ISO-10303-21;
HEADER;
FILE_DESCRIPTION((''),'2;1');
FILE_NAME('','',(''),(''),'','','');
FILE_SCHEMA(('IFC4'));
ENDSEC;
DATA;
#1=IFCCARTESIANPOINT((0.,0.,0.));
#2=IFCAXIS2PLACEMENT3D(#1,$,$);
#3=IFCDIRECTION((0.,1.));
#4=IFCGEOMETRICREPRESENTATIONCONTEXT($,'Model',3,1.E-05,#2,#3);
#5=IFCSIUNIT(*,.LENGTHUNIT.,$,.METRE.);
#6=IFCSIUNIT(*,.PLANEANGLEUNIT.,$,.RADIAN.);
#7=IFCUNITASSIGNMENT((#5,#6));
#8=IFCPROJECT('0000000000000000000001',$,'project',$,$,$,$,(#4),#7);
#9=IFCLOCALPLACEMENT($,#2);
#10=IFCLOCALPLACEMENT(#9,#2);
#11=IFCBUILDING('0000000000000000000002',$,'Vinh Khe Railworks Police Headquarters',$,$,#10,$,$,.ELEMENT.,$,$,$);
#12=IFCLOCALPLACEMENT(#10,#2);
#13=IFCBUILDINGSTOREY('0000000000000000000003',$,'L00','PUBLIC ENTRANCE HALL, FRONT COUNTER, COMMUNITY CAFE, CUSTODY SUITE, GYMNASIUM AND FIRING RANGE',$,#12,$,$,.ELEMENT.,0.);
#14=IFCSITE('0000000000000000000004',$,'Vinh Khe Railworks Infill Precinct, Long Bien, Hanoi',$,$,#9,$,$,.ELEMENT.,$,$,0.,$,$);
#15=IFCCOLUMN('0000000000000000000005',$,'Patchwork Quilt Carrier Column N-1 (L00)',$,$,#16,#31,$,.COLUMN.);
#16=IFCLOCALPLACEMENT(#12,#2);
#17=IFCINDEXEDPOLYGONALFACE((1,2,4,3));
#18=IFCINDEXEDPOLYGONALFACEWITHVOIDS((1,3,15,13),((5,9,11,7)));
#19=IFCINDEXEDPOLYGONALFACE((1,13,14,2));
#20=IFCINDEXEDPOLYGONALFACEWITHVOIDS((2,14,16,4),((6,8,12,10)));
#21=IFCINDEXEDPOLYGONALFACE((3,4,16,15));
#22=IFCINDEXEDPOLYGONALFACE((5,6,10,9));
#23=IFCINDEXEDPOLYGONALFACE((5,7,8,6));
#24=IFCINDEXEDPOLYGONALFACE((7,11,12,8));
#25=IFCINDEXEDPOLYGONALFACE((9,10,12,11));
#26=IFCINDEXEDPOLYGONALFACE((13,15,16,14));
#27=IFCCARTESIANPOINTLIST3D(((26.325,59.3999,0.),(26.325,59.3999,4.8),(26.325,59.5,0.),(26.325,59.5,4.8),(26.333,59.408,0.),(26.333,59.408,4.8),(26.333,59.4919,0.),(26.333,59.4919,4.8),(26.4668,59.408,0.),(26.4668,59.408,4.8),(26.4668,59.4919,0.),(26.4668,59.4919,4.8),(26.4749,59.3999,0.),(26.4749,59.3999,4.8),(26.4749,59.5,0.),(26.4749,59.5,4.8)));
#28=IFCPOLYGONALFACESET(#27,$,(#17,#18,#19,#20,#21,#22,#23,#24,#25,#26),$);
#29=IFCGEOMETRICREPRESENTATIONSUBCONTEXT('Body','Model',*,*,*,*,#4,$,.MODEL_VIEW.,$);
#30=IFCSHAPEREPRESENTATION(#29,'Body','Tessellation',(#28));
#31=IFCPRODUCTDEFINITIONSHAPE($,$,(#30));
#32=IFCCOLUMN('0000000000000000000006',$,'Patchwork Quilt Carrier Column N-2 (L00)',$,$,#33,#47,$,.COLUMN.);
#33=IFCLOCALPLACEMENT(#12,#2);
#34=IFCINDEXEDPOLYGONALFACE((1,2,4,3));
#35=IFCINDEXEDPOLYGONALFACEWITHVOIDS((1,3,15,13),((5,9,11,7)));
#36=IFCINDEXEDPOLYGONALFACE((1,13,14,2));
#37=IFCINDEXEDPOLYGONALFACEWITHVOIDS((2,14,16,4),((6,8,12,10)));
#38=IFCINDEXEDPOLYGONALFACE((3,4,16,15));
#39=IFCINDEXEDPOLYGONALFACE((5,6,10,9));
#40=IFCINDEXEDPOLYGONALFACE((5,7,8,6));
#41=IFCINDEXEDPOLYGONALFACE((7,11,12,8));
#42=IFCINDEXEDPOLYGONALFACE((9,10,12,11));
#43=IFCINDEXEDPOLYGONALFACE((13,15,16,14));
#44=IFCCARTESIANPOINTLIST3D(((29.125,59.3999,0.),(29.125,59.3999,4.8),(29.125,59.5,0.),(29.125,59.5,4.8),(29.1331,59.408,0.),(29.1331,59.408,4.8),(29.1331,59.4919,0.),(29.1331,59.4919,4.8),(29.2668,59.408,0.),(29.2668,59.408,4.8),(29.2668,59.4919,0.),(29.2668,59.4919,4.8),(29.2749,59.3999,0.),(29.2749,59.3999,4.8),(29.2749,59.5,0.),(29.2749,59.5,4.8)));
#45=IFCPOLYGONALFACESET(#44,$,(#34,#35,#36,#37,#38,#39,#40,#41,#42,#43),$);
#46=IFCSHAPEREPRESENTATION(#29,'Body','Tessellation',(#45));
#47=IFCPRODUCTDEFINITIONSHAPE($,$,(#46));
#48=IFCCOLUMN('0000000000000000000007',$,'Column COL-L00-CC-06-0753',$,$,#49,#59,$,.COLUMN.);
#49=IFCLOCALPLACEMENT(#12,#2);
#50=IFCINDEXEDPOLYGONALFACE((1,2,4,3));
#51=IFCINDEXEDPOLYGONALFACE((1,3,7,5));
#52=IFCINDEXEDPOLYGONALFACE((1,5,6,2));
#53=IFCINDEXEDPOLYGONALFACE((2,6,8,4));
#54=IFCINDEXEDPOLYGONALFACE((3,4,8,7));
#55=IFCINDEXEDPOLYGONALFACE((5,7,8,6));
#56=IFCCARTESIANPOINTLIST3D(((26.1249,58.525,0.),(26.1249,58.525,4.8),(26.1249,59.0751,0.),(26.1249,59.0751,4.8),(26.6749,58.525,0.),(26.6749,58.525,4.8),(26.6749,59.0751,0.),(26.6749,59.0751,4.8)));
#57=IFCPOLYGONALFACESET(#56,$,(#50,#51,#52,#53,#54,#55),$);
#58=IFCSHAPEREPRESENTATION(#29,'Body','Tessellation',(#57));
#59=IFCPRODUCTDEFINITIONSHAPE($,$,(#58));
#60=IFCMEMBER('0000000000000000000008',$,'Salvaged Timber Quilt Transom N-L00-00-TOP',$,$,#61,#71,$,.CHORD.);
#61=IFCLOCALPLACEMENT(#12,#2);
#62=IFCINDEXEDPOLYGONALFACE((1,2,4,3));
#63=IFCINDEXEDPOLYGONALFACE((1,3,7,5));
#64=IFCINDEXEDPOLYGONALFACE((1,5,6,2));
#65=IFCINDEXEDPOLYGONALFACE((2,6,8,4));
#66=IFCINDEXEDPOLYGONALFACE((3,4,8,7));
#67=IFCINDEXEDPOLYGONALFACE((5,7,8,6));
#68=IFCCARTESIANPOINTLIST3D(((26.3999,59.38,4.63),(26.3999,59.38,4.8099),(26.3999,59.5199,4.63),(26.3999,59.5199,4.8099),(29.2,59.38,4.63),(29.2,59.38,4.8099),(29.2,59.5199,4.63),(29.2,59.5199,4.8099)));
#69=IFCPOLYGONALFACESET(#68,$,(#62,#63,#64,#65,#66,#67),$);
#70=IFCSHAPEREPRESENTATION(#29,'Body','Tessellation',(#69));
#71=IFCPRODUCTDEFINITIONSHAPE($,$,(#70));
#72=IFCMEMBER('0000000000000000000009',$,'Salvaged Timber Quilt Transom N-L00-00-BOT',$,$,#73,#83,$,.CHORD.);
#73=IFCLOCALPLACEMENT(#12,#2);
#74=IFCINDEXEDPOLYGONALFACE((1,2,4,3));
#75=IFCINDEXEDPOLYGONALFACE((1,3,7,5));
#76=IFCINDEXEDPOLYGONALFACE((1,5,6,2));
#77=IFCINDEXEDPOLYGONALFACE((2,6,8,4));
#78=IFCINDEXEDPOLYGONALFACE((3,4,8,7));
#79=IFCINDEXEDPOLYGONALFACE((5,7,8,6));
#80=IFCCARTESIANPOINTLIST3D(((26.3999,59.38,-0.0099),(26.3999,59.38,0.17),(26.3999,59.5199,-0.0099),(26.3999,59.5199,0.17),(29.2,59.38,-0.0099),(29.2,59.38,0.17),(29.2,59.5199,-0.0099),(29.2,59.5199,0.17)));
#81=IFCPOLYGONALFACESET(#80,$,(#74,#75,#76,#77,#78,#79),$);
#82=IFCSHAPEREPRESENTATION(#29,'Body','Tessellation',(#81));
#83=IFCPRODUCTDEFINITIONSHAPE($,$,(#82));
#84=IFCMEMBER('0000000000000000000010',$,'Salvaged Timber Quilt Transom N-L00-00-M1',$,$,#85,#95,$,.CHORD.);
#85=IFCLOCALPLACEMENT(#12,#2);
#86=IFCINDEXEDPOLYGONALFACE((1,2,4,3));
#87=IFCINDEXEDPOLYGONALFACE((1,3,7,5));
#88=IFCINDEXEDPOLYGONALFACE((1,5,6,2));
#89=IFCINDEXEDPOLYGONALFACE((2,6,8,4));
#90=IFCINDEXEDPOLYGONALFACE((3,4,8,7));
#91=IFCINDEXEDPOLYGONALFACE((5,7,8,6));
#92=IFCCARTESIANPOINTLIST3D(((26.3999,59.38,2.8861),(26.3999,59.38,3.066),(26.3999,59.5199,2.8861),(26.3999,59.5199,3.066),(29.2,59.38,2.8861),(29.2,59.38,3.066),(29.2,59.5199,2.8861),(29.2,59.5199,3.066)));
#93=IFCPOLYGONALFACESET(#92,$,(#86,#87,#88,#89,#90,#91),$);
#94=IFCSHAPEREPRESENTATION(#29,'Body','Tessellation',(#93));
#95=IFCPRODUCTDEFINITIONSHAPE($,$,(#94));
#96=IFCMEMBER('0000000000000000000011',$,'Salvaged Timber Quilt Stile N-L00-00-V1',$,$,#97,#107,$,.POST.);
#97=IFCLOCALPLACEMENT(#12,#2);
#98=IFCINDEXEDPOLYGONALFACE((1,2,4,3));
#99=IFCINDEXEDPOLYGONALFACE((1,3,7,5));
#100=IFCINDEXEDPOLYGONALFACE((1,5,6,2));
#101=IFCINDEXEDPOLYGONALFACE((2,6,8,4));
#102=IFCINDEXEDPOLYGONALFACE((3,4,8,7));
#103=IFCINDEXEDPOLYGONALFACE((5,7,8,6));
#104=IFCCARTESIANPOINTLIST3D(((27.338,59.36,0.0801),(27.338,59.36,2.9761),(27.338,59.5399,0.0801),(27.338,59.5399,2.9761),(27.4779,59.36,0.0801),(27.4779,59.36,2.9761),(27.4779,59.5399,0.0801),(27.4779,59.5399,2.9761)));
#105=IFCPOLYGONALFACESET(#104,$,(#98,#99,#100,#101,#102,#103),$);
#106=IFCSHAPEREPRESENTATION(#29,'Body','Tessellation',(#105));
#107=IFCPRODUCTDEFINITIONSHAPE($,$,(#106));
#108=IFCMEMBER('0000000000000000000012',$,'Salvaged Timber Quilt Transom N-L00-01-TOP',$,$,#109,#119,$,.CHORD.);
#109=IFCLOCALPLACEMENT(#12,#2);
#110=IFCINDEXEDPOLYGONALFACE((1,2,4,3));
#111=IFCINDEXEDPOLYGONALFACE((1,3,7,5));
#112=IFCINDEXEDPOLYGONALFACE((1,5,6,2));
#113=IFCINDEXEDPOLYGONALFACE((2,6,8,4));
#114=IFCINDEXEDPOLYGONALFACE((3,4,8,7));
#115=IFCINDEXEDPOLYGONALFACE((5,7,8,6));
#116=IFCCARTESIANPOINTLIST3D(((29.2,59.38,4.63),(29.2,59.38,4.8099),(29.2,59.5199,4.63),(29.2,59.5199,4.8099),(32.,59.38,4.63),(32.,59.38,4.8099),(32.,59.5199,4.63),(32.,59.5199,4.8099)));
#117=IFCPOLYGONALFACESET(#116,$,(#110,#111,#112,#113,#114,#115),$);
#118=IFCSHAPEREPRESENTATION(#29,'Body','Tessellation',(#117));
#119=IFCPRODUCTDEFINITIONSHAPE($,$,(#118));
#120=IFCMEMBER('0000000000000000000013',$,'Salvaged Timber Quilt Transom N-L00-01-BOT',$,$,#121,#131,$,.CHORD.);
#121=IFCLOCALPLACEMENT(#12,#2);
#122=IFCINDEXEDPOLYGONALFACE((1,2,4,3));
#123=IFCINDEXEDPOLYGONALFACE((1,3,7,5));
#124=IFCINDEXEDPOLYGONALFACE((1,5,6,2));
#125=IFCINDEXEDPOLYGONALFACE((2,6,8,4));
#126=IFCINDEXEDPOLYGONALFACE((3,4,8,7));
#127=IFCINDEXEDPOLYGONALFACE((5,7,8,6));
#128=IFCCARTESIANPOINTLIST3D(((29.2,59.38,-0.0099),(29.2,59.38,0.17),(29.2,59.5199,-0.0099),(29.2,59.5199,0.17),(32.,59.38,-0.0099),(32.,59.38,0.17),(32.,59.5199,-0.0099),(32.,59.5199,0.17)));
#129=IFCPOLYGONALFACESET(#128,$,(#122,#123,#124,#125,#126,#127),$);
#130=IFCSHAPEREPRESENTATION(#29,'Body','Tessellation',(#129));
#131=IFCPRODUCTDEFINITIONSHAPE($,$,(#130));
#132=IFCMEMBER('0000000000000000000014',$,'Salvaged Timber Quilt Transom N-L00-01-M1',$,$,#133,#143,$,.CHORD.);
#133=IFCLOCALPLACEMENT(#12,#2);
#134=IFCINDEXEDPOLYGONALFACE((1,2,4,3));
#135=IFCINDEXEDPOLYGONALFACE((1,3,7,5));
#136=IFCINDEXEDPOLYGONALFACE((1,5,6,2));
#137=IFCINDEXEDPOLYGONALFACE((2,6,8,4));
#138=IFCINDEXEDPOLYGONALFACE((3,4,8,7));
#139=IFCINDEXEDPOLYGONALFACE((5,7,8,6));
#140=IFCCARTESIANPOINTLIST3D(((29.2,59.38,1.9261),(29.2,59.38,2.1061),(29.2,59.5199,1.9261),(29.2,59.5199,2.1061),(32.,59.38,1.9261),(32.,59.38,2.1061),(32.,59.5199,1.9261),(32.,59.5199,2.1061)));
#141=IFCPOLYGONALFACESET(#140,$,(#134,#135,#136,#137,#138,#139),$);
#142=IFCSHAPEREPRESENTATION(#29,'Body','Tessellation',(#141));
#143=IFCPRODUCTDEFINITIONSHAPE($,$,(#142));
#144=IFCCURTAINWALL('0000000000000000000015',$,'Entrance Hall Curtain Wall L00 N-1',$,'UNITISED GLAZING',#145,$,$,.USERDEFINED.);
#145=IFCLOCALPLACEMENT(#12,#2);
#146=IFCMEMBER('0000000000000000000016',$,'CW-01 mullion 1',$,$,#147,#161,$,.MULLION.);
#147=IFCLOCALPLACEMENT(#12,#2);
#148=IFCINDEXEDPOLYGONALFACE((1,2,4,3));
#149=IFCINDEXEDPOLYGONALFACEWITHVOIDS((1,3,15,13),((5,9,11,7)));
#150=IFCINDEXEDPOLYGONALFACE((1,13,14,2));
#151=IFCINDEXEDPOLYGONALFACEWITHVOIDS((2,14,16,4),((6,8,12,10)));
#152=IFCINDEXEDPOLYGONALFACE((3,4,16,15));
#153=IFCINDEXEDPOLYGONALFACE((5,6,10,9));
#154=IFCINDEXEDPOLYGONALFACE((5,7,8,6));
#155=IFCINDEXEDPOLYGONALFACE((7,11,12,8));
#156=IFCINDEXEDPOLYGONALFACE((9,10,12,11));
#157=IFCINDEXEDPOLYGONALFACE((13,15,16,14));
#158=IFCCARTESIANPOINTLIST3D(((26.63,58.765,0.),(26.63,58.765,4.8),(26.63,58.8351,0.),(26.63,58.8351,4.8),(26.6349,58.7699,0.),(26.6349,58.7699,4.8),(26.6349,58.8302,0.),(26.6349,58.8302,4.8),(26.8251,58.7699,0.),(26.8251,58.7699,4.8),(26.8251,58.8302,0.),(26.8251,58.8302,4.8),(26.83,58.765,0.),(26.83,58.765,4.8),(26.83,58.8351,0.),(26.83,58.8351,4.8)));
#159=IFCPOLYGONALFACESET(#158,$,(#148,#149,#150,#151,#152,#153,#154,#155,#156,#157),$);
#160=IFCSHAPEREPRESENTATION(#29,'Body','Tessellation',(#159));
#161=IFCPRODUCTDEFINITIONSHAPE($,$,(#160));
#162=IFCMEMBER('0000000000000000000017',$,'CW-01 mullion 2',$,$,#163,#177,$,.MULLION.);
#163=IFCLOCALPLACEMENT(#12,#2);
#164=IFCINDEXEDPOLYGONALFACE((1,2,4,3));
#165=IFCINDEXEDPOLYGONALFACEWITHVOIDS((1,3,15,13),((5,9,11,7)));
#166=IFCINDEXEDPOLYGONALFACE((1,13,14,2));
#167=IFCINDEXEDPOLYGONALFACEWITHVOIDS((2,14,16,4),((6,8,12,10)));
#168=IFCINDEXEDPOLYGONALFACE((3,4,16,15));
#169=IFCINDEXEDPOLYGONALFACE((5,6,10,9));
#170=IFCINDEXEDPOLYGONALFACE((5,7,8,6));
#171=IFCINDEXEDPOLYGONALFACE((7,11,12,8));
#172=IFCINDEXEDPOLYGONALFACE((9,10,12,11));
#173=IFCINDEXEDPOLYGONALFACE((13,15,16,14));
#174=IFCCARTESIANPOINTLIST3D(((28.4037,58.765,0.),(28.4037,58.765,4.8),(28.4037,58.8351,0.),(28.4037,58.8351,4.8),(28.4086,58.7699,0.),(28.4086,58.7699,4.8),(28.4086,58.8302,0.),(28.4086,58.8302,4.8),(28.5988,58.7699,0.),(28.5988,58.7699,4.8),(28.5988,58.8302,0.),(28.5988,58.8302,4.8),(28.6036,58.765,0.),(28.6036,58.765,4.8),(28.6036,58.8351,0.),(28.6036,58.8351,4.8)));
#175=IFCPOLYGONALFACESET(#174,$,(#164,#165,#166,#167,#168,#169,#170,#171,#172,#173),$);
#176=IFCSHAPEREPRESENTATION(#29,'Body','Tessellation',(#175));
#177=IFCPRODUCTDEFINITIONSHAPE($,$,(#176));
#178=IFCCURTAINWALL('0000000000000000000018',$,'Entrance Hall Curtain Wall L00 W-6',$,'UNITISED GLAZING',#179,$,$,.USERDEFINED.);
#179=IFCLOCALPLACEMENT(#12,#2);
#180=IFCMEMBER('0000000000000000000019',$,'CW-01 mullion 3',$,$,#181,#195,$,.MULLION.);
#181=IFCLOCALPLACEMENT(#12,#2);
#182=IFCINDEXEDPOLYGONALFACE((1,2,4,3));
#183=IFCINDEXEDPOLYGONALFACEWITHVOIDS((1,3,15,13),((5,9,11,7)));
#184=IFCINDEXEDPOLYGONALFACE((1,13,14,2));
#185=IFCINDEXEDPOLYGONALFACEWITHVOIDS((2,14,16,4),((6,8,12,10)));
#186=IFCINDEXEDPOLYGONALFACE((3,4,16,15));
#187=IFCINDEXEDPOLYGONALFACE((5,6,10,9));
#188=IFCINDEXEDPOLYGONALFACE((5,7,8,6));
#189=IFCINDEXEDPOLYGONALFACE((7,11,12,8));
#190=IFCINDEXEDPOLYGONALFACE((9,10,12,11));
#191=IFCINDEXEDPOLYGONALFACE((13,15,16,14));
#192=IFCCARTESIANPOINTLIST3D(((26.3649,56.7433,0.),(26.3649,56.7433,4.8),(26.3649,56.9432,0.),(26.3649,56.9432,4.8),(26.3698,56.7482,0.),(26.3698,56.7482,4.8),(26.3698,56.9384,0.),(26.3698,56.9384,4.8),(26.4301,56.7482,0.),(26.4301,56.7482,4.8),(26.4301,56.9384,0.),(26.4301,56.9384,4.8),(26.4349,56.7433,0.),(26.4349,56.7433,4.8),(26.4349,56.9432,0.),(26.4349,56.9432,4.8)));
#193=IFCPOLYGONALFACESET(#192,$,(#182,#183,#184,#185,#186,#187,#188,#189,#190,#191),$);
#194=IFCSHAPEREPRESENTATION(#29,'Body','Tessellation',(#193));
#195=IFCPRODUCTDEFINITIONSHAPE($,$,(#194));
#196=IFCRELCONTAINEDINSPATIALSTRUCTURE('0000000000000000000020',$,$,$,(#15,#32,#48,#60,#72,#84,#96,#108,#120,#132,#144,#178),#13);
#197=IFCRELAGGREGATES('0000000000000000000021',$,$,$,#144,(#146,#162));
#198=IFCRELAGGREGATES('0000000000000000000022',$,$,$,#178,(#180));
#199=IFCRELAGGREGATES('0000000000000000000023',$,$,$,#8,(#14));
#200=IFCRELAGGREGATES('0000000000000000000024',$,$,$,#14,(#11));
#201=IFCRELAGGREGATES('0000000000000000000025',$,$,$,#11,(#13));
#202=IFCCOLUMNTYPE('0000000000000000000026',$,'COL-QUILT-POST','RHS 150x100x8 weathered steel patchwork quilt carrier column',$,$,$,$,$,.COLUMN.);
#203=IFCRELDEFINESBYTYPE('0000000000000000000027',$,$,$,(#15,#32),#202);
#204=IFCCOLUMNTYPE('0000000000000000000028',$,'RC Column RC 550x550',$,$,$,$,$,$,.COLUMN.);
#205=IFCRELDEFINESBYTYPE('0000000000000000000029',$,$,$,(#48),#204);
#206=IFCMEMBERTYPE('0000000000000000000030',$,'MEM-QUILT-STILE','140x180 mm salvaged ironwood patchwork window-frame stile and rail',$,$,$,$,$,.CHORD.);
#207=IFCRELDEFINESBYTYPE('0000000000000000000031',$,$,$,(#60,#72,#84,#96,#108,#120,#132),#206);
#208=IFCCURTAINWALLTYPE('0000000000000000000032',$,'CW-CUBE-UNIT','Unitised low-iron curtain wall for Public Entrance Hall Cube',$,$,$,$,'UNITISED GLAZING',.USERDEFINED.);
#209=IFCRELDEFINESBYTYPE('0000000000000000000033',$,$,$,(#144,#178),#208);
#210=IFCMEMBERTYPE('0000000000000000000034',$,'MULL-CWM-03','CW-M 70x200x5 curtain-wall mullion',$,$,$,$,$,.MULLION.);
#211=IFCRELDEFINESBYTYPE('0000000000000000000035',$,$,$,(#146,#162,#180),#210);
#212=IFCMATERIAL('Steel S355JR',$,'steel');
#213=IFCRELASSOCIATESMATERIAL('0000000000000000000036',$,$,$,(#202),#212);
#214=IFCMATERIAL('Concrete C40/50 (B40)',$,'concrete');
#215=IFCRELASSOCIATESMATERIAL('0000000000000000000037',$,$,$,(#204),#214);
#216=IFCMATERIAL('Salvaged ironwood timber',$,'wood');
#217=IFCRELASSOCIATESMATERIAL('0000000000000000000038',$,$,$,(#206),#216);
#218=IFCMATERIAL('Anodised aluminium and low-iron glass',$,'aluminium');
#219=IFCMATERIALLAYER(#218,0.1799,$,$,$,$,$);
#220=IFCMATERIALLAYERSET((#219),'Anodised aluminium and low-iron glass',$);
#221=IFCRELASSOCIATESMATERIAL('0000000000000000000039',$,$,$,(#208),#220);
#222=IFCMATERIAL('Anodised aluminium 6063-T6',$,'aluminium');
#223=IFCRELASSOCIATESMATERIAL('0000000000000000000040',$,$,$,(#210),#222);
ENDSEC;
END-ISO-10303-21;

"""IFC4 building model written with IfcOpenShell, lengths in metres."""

from ifc_helpers import new_model, si_unit, direction, frame, origin, origin_2d, place, context, subcontext, project, spatial, rectangle, hollow_rectangle, extrude, material, layer, layer_set, material_profile, profile_set, type_object, element, aggregate, save


model = new_model("IFC4")

# Units and contexts
model_context = context("Model", 3, precision=1e-05, world=origin(), true_north=direction((0.0, 1.0)))
body_context = subcontext(model_context, "Body", "Model", "MODEL_VIEW")
ifc_project = project(units=[si_unit("LENGTHUNIT", "METRE"), si_unit("PLANEANGLEUNIT", "RADIAN")], contexts=[model_context])

# Site, building, storey
site_placement = place(None, origin())
site = spatial("IfcSite", under=ifc_project, at=site_placement, Name="Vinh Khe Railworks Infill Precinct, Long Bien, Hanoi", CompositionType="ELEMENT", RefElevation=0.0)
building_placement = place(site_placement, origin())
building = spatial("IfcBuilding", under=site, at=building_placement, Name="Vinh Khe Railworks Police Headquarters", CompositionType="ELEMENT")
storey_placement = place(building_placement, origin())
storey = spatial("IfcBuildingStorey", under=building, at=storey_placement, Name="L00", Description="PUBLIC ENTRANCE HALL, FRONT COUNTER, COMMUNITY CAFE, CUSTODY SUITE, GYMNASIUM AND FIRING RANGE", CompositionType="ELEMENT", Elevation=0.0)

# Columns
ifc_material_1 = material(Name="Steel S355JR", Category="steel")
ifc_material_profile_1 = material_profile(ifc_material_1, hollow_rectangle(XDim=0.1499, YDim=0.1001, WallThickness=0.0081, at=origin_2d()), Name="RHS 150x100x8")
ifc_profile_set_1 = profile_set([ifc_material_profile_1], Name="Steel S355JR")
column_type_1 = type_object("IfcColumnType", Name="COL-QUILT-POST", Description="RHS 150x100x8 weathered steel patchwork quilt carrier column", PredefinedType="COLUMN", material=ifc_profile_set_1)
for number, where, z_axis, x_axis, name in (
    (1, (26.3999, 59.45, 0.0), (0.0, 0.0, 1.0), (1.0, 0.0, 0.0), "Patchwork Quilt Carrier Column N-1 (L00)"),
    (2, (29.2, 59.45, 0.0), (0.0, 0.0, 1.0), (1.0, 0.0, 0.0), "Patchwork Quilt Carrier Column N-2 (L00)"),
):
    element("IfcColumn", number, at=place(storey_placement, frame(where, z_axis=z_axis, x_axis=x_axis)), inside=storey, type_object=column_type_1, Name=name, PredefinedType="COLUMN", context=body_context, shape_type="SweptSolid", body=[
        extrude(hollow_rectangle(XDim=0.1499, YDim=0.1001, WallThickness=0.0081, at=origin_2d()), origin(), (0.0, 0.0, 1.0), 4.8),
    ])
ifc_material_2 = material(Name="Concrete C40/50 (B40)", Category="concrete")
ifc_material_profile_2 = material_profile(ifc_material_2, rectangle(XDim=0.55, YDim=0.55, at=origin_2d()), Name="RC 550x550")
ifc_profile_set_2 = profile_set([ifc_material_profile_2], Name="Concrete C40/50 (B40)")
column_type_2 = type_object("IfcColumnType", Name="RC Column RC 550x550", PredefinedType="COLUMN", material=ifc_profile_set_2)
column_placement = place(storey_placement, frame((26.3999, 58.8, 0.0), z_axis=(0.0, 0.0, 1.0), x_axis=(1.0, 0.0, 0.0)))
element("IfcColumn", 3, at=column_placement, inside=storey, type_object=column_type_2, Name="Column COL-L00-CC-06-0753", PredefinedType="COLUMN", context=body_context, shape_type="SweptSolid", body=[
    extrude(rectangle(XDim=0.55, YDim=0.55, at=origin_2d()), origin(), (0.0, 0.0, 1.0), 4.8),
])

# Members
ifc_material_3 = material(Name="Salvaged ironwood timber", Category="wood")
ifc_material_profile_3 = material_profile(ifc_material_3, rectangle(XDim=0.1399, YDim=0.1799, at=origin_2d()), Name="TIMBER 140x180")
ifc_profile_set_3 = profile_set([ifc_material_profile_3], Name="Salvaged ironwood timber")
member_type_1 = type_object("IfcMemberType", Name="MEM-QUILT-STILE", Description="140x180 mm salvaged ironwood patchwork window-frame stile and rail", PredefinedType="CHORD", material=ifc_profile_set_3)
for number, where, z_axis, x_axis, name in (
    (4, (26.3999, 59.45, 4.72), (1.0, 0.0, 0.0), (0.0, 1.0, 0.0), "Salvaged Timber Quilt Transom N-L00-00-TOP"),
    (5, (26.3999, 59.45, 0.0801), (1.0, 0.0, 0.0), (0.0, 1.0, 0.0), "Salvaged Timber Quilt Transom N-L00-00-BOT"),
    (6, (26.3999, 59.45, 2.9761), (1.0, 0.0, 0.0), (0.0, 1.0, 0.0), "Salvaged Timber Quilt Transom N-L00-00-M1"),
):
    element("IfcMember", number, at=place(storey_placement, frame(where, z_axis=z_axis, x_axis=x_axis)), inside=storey, type_object=member_type_1, Name=name, PredefinedType="CHORD", context=body_context, shape_type="SweptSolid", body=[
        extrude(rectangle(XDim=0.1399, YDim=0.1799, at=origin_2d()), origin(), (0.0, 0.0, 1.0), 2.8),
    ])
member_1_placement = place(storey_placement, frame((27.408, 59.45, 0.0801), z_axis=(0.0, 0.0, 1.0), x_axis=(1.0, 0.0, 0.0)))
element("IfcMember", 7, at=member_1_placement, inside=storey, type_object=member_type_1, Name="Salvaged Timber Quilt Stile N-L00-00-V1", PredefinedType="POST", context=body_context, shape_type="SweptSolid", body=[
    extrude(rectangle(XDim=0.1399, YDim=0.1799, at=origin_2d()), origin(), (0.0, 0.0, 1.0), 2.896),
])
for number, where, z_axis, x_axis, name in (
    (8, (29.2, 59.45, 4.72), (1.0, 0.0, 0.0), (0.0, 1.0, 0.0), "Salvaged Timber Quilt Transom N-L00-01-TOP"),
    (9, (29.2, 59.45, 0.0801), (1.0, 0.0, 0.0), (0.0, 1.0, 0.0), "Salvaged Timber Quilt Transom N-L00-01-BOT"),
    (10, (29.2, 59.45, 2.0161), (1.0, 0.0, 0.0), (0.0, 1.0, 0.0), "Salvaged Timber Quilt Transom N-L00-01-M1"),
):
    element("IfcMember", number, at=place(storey_placement, frame(where, z_axis=z_axis, x_axis=x_axis)), inside=storey, type_object=member_type_1, Name=name, PredefinedType="CHORD", context=body_context, shape_type="SweptSolid", body=[
        extrude(rectangle(XDim=0.1399, YDim=0.1799, at=origin_2d()), origin(), (0.0, 0.0, 1.0), 2.8),
    ])

# Curtain walls, members
ifc_material_4 = material(Name="Anodised aluminium and low-iron glass", Category="aluminium")
ifc_layer_1 = layer(ifc_material_4, 0.1799)
ifc_layer_set_1 = layer_set([ifc_layer_1], Name="Anodised aluminium and low-iron glass")
curtain_wall_type = type_object("IfcCurtainWallType", Name="CW-CUBE-UNIT", Description="Unitised low-iron curtain wall for Public Entrance Hall Cube", ElementType="UNITISED GLAZING", PredefinedType="USERDEFINED", material=ifc_layer_set_1)
curtain_wall_1_placement = place(storey_placement, origin())
curtain_wall_1 = element("IfcCurtainWall", 11, at=curtain_wall_1_placement, inside=storey, type_object=curtain_wall_type, Name="Entrance Hall Curtain Wall L00 N-1", ObjectType="UNITISED GLAZING", PredefinedType="USERDEFINED")
ifc_material_5 = material(Name="Anodised aluminium 6063-T6", Category="aluminium")
ifc_material_profile_4 = material_profile(ifc_material_5, hollow_rectangle(XDim=0.0701, YDim=0.2, WallThickness=0.0049, at=origin_2d()), Name="CW-M 70x200x5")
ifc_profile_set_4 = profile_set([ifc_material_profile_4], Name="Anodised aluminium 6063-T6")
member_type_2 = type_object("IfcMemberType", Name="MULL-CWM-03", Description="CW-M 70x200x5 curtain-wall mullion", PredefinedType="MULLION", material=ifc_profile_set_4)
member_2_placement = place(storey_placement, frame((26.73, 58.8, 0.0), z_axis=(0.0, 0.0, 1.0), x_axis=(0.0, 1.0, 0.0)))
member_2 = element("IfcMember", 12, at=member_2_placement, type_object=member_type_2, Name="CW-01 mullion 1", PredefinedType="MULLION", context=body_context, shape_type="SweptSolid", body=[
    extrude(hollow_rectangle(XDim=0.0701, YDim=0.2, WallThickness=0.0049, at=origin_2d()), origin(), (0.0, 0.0, 1.0), 4.8),
])
member_3_placement = place(storey_placement, frame((28.5037, 58.8, 0.0), z_axis=(0.0, 0.0, 1.0), x_axis=(0.0, 1.0, 0.0)))
member_3 = element("IfcMember", 13, at=member_3_placement, type_object=member_type_2, Name="CW-01 mullion 2", PredefinedType="MULLION", context=body_context, shape_type="SweptSolid", body=[
    extrude(hollow_rectangle(XDim=0.0701, YDim=0.2, WallThickness=0.0049, at=origin_2d()), origin(), (0.0, 0.0, 1.0), 4.8),
])
curtain_wall_2_placement = place(storey_placement, origin())
curtain_wall_2 = element("IfcCurtainWall", 14, at=curtain_wall_2_placement, inside=storey, type_object=curtain_wall_type, Name="Entrance Hall Curtain Wall L00 W-6", ObjectType="UNITISED GLAZING", PredefinedType="USERDEFINED")
member_4_placement = place(storey_placement, frame((26.3999, 56.8433, 0.0), z_axis=(0.0, 0.0, 1.0), x_axis=(-1.0, 0.0, 0.0)))
member_4 = element("IfcMember", 15, at=member_4_placement, type_object=member_type_2, Name="CW-01 mullion 3", PredefinedType="MULLION", context=body_context, shape_type="SweptSolid", body=[
    extrude(hollow_rectangle(XDim=0.0701, YDim=0.2, WallThickness=0.0049, at=origin_2d()), origin(), (0.0, 0.0, 1.0), 4.8),
])

aggregate(curtain_wall_1, [member_2, member_3])
aggregate(curtain_wall_2, [member_4])

save(model, "model.ifc")
